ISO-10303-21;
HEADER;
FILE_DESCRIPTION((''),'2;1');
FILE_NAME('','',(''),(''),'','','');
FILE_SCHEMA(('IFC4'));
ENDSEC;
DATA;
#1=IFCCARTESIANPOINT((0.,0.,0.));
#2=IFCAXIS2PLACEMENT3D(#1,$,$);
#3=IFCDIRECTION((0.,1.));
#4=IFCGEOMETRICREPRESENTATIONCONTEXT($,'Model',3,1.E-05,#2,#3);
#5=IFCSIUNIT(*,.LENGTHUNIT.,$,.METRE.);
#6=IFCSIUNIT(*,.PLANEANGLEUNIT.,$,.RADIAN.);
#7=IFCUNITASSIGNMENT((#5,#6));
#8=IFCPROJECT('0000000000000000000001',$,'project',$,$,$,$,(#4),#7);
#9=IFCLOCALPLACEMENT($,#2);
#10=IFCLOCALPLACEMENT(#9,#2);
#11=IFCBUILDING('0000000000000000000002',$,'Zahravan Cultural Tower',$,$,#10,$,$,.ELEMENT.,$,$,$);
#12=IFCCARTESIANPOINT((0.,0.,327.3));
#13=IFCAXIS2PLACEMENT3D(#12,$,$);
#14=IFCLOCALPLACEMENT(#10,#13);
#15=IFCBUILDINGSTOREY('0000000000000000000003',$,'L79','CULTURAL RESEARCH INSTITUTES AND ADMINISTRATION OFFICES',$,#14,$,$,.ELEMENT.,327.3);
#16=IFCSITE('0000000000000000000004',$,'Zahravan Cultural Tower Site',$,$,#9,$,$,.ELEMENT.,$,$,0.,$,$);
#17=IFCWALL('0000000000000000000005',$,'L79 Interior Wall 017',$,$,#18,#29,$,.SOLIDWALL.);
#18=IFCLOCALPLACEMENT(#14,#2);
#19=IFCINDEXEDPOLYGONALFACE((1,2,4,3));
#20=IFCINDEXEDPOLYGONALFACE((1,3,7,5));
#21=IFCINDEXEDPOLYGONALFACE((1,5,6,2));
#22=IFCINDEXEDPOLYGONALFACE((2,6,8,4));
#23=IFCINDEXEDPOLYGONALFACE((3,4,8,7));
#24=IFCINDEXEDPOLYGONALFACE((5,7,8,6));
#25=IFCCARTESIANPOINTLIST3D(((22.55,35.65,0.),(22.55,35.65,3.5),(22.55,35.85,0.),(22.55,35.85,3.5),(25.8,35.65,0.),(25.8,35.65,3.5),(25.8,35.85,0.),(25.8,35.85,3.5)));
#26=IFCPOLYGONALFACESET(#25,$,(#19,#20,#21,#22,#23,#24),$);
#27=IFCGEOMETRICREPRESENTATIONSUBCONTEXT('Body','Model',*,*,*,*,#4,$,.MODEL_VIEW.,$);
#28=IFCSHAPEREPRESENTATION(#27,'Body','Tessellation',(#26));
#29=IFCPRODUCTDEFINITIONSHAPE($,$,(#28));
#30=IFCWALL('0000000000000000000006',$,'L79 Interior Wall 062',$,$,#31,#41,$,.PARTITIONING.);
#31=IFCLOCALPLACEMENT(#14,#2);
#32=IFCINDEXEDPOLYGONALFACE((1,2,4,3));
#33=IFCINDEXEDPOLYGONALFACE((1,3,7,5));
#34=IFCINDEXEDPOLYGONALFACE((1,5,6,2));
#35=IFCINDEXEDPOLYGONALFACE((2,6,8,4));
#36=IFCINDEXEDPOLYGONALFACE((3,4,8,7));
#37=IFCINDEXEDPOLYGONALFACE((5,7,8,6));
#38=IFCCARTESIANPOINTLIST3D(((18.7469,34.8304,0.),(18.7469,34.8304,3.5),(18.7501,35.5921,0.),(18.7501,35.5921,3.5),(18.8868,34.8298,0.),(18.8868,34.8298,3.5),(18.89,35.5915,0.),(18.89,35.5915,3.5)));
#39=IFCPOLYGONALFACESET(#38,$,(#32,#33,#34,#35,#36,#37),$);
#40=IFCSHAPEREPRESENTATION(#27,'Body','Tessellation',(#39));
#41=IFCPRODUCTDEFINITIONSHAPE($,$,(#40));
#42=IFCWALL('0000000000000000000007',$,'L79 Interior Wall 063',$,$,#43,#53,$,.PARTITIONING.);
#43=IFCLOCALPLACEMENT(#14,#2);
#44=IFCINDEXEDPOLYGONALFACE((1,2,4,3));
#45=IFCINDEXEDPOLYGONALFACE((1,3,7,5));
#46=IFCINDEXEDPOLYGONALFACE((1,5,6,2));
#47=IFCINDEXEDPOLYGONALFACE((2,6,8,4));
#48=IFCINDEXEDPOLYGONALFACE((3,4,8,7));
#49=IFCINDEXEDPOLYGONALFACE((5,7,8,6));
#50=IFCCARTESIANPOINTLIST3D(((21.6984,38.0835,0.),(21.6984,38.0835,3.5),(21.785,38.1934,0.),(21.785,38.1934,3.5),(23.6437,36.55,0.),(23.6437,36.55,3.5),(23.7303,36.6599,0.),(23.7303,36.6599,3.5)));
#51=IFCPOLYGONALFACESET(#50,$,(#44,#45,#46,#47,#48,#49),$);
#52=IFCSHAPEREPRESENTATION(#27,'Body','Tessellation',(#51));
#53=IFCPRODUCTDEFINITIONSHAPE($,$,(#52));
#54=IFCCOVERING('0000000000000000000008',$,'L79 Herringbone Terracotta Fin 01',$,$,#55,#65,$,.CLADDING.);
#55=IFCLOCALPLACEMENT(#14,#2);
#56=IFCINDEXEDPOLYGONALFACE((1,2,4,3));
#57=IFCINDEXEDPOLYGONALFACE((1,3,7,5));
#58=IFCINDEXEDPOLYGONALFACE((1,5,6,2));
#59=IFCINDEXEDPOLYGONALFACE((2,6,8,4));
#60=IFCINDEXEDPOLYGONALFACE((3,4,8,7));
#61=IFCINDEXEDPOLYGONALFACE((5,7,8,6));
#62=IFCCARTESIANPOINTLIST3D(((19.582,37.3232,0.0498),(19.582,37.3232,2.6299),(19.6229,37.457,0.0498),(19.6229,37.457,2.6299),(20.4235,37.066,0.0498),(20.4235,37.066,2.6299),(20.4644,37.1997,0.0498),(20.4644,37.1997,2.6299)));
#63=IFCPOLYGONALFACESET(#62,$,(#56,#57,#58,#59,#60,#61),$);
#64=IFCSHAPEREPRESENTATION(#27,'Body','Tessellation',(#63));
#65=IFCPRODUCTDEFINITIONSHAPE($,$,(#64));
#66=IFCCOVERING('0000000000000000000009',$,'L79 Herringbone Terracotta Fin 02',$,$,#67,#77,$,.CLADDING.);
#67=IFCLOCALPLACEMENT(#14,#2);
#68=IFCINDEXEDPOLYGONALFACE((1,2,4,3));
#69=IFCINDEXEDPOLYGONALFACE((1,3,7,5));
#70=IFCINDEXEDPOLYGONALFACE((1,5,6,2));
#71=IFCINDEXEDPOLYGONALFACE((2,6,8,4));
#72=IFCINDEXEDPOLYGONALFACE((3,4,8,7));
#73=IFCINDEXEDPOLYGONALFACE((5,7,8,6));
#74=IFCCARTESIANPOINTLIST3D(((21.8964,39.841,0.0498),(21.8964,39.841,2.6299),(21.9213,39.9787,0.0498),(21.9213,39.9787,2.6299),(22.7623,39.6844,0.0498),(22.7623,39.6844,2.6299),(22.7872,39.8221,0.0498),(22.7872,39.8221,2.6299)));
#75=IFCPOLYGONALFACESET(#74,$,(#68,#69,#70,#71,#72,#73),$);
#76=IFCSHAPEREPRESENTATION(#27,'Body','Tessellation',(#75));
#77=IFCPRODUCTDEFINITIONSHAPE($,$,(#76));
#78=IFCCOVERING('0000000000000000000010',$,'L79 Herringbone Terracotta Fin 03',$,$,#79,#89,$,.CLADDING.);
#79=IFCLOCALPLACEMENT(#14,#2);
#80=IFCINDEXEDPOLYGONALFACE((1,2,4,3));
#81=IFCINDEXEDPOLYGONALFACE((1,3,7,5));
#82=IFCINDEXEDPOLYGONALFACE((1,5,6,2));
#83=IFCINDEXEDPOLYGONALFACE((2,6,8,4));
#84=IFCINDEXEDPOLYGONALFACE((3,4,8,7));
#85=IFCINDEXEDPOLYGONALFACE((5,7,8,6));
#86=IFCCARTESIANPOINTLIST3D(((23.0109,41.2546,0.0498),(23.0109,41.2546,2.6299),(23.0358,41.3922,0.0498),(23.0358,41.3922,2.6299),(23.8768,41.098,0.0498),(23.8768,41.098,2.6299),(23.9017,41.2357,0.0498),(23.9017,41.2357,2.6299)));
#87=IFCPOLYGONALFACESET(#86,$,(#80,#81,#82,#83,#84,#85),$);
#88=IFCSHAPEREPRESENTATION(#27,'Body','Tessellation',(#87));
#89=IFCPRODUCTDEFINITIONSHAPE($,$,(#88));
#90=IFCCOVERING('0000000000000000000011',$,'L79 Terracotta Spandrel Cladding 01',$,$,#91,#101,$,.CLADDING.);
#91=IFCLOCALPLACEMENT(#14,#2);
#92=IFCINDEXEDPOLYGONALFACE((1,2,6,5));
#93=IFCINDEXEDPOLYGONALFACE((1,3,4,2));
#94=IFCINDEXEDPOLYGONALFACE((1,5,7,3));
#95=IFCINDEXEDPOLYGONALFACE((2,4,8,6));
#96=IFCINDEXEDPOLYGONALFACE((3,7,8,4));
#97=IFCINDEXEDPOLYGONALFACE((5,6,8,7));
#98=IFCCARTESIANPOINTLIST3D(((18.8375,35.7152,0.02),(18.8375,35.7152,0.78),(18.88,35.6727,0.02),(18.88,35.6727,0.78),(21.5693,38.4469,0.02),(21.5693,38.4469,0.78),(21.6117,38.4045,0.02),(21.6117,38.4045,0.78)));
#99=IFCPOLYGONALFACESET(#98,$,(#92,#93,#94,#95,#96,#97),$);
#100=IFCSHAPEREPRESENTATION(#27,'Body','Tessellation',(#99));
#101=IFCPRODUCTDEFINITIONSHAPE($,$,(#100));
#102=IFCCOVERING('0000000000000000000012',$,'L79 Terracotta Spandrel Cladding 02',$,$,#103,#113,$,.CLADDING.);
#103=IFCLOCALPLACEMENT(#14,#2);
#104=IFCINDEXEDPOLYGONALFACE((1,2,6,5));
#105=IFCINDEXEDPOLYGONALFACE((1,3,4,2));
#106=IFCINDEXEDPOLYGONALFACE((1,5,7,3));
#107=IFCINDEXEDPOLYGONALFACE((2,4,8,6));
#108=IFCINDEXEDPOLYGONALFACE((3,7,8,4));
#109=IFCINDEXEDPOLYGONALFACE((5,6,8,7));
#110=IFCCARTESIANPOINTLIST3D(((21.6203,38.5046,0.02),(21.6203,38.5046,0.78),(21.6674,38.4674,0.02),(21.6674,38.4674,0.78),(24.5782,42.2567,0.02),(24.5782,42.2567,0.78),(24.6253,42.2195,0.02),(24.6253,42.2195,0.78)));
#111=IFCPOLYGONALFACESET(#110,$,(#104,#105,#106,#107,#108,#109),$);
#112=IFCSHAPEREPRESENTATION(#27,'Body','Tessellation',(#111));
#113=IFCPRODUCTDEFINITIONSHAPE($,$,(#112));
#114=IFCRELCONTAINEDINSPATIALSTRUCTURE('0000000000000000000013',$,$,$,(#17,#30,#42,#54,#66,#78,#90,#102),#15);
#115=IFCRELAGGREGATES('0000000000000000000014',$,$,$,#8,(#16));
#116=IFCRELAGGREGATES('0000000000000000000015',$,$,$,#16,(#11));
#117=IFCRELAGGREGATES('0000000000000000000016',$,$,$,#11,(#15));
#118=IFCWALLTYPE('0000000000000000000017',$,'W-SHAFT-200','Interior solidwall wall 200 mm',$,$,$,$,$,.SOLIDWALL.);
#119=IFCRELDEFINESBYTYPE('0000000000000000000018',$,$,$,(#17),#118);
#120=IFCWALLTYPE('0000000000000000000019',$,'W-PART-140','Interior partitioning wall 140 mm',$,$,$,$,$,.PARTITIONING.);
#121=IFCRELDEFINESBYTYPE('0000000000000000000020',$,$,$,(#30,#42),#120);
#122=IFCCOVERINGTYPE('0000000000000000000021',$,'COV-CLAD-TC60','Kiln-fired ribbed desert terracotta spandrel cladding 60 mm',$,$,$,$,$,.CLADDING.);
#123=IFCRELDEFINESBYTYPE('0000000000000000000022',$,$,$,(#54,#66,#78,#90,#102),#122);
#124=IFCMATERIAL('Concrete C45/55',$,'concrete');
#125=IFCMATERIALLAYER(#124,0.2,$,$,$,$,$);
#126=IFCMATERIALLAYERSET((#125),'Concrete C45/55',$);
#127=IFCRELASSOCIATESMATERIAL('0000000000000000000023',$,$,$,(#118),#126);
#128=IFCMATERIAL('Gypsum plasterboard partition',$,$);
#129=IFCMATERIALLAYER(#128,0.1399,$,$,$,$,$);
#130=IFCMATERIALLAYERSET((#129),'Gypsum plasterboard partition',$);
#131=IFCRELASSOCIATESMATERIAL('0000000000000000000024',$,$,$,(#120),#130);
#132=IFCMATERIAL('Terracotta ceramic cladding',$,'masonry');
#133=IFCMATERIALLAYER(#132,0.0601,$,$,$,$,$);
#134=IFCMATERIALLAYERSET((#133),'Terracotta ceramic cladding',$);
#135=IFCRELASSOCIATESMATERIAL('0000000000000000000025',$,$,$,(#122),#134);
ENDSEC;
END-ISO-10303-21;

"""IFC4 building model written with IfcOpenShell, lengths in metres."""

from ifc_helpers import new_model, si_unit, direction, frame, frame_2d, origin, origin_2d, place, context, subcontext, project, spatial, rectangle, extrude, source, transform, mapped, material, layer, layer_set, type_object, element, save


model = new_model("IFC4")

# Units and contexts
model_context = context("Model", 3, precision=1e-05, world=origin(), true_north=direction((0.0, 1.0)))
body_context = subcontext(model_context, "Body", "Model", "MODEL_VIEW")
ifc_project = project(units=[si_unit("LENGTHUNIT", "METRE"), si_unit("PLANEANGLEUNIT", "RADIAN")], contexts=[model_context])

# Site, building, storey
site_placement = place(None, origin())
site = spatial("IfcSite", under=ifc_project, at=site_placement, Name="Zahravan Cultural Tower Site", CompositionType="ELEMENT", RefElevation=0.0)
building_placement = place(site_placement, origin())
building = spatial("IfcBuilding", under=site, at=building_placement, Name="Zahravan Cultural Tower", CompositionType="ELEMENT")
storey_placement = place(building_placement, frame((0.0, 0.0, 327.3)))
storey = spatial("IfcBuildingStorey", under=building, at=storey_placement, Name="L79", Description="CULTURAL RESEARCH INSTITUTES AND ADMINISTRATION OFFICES", CompositionType="ELEMENT", Elevation=327.3)

# Walls
ifc_material_1 = material(Name="Concrete C45/55", Category="concrete")
ifc_layer_1 = layer(ifc_material_1, 0.2)
ifc_layer_set_1 = layer_set([ifc_layer_1], Name="Concrete C45/55")
wall_type_1 = type_object("IfcWallType", Name="W-SHAFT-200", Description="Interior solidwall wall 200 mm", PredefinedType="SOLIDWALL", material=ifc_layer_set_1)
shared_shape_1 = source(origin(), body_context, "Body", "SweptSolid", [
    extrude(rectangle(XDim=3.25, YDim=0.2, at=frame_2d((1.625, 0.0))), origin(), (0.0, 0.0, 1.0), 3.5),
])
wall_1_placement = place(storey_placement, frame((22.55, 35.75, 0.0), z_axis=(0.0, 0.0, 1.0), x_axis=(1.0, 0.0, 0.0)))
element("IfcWall", 1, at=wall_1_placement, inside=storey, type_object=wall_type_1, Name="L79 Interior Wall 017", PredefinedType="SOLIDWALL", context=body_context, shape_type="MappedRepresentation", body=[
    mapped(shared_shape_1, transform((0.0, 0.0, 0.0), x_axis=(1.0, 0.0, 0.0), y_axis=(0.0, 1.0, 0.0), z_axis=(0.0, 0.0, 1.0), scale=1.0)),
])
ifc_material_2 = material(Name="Gypsum plasterboard partition")
ifc_layer_2 = layer(ifc_material_2, 0.1399)
ifc_layer_set_2 = layer_set([ifc_layer_2], Name="Gypsum plasterboard partition")
wall_type_2 = type_object("IfcWallType", Name="W-PART-140", Description="Interior partitioning wall 140 mm", PredefinedType="PARTITIONING", material=ifc_layer_set_2)
shared_shape_2 = source(origin(), body_context, "Body", "SweptSolid", [
    extrude(rectangle(XDim=0.7617, YDim=0.1399, at=frame_2d((0.3809, 0.0))), origin(), (0.0, 0.0, 1.0), 3.5),
])
wall_2_placement = place(storey_placement, frame((18.8169, 34.8301, 0.0), z_axis=(0.0, 0.0, 1.0), x_axis=(0.004167, 0.999991, 0.0)))
element("IfcWall", 2, at=wall_2_placement, inside=storey, type_object=wall_type_2, Name="L79 Interior Wall 062", PredefinedType="PARTITIONING", context=body_context, shape_type="MappedRepresentation", body=[
    mapped(shared_shape_2, transform((0.0, 0.0, 0.0), x_axis=(1.0, 0.0, 0.0), y_axis=(0.0, 1.0, 0.0), z_axis=(0.0, 0.0, 1.0), scale=1.0)),
])
shared_shape_3 = source(origin(), body_context, "Body", "SweptSolid", [
    extrude(rectangle(XDim=2.4771, YDim=0.1399, at=frame_2d((1.2385, 0.0))), origin(), (0.0, 0.0, 1.0), 3.5),
])
wall_3_placement = place(storey_placement, frame((21.7417, 38.1384, 0.0), z_axis=(0.0, 0.0, 1.0), x_axis=(0.785339, -0.619066, 0.0)))
element("IfcWall", 3, at=wall_3_placement, inside=storey, type_object=wall_type_2, Name="L79 Interior Wall 063", PredefinedType="PARTITIONING", context=body_context, shape_type="MappedRepresentation", body=[
    mapped(shared_shape_3, transform((0.0, 0.0, 0.0), x_axis=(1.0, 0.0, 0.0), y_axis=(0.0, 1.0, 0.0), z_axis=(0.0, 0.0, 1.0), scale=1.0)),
])

# Coverings
ifc_material_3 = material(Name="Terracotta ceramic cladding", Category="masonry")
ifc_layer_3 = layer(ifc_material_3, 0.0601)
ifc_layer_set_3 = layer_set([ifc_layer_3], Name="Terracotta ceramic cladding")
covering_type = type_object("IfcCoveringType", Name="COV-CLAD-TC60", Description="Kiln-fired ribbed desert terracotta spandrel cladding 60 mm", PredefinedType="CLADDING", material=ifc_layer_set_3)
shared_shape_4 = source(origin(), body_context, "Body", "SweptSolid", [
    extrude(rectangle(XDim=0.8799, YDim=0.1399, at=origin_2d()), origin(), (0.0, 0.0, 1.0), 2.5801),
])
for number, where, z_axis, x_axis, name in (
    (4, (20.0232, 37.2615, 0.0498), (0.0, 0.0, 1.0), (-0.956305, 0.292372, 0.0), "L79 Herringbone Terracotta Fin 01"),
    (5, (22.3418, 39.8315, 0.0498), (0.0, 0.0, 1.0), (-0.984041, 0.177944, 0.0), "L79 Herringbone Terracotta Fin 02"),
    (6, (23.4563, 41.2451, 0.0498), (0.0, 0.0, 1.0), (-0.984041, 0.177944, 0.0), "L79 Herringbone Terracotta Fin 03"),
):
    element("IfcCovering", number, at=place(storey_placement, frame(where, z_axis=z_axis, x_axis=x_axis)), inside=storey, type_object=covering_type, Name=name, PredefinedType="CLADDING", context=body_context, shape_type="MappedRepresentation", body=[
        mapped(shared_shape_4, transform((0.0, 0.0, 0.0), x_axis=(1.0, 0.0, 0.0), y_axis=(0.0, 1.0, 0.0), z_axis=(0.0, 0.0, 1.0), scale=1.0)),
    ])
shared_shape_5 = source(origin(), body_context, "Body", "SweptSolid", [
    extrude(rectangle(XDim=3.8633, YDim=0.0601, at=origin_2d()), origin(), (0.0, 0.0, 1.0), 0.76),
])
covering_1_placement = place(storey_placement, frame((20.2246, 37.0598, 0.02), z_axis=(0.0, 0.0, 1.0), x_axis=(0.707107, 0.707107, 0.0)))
element("IfcCovering", 7, at=covering_1_placement, inside=storey, type_object=covering_type, Name="L79 Terracotta Spandrel Cladding 01", PredefinedType="CLADDING", context=body_context, shape_type="MappedRepresentation", body=[
    mapped(shared_shape_5, transform((0.0, 0.0, 0.0), x_axis=(1.0, 0.0, 0.0), y_axis=(0.0, 1.0, 0.0), z_axis=(0.0, 0.0, 1.0), scale=1.0)),
])
shared_shape_6 = source(origin(), body_context, "Body", "SweptSolid", [
    extrude(rectangle(XDim=4.7778, YDim=0.0601, at=origin_2d()), origin(), (0.0, 0.0, 1.0), 0.76),
])
covering_2_placement = place(storey_placement, frame((23.1228, 40.3621, 0.02), z_axis=(0.0, 0.0, 1.0), x_axis=(0.619094, 0.785317, 0.0)))
element("IfcCovering", 8, at=covering_2_placement, inside=storey, type_object=covering_type, Name="L79 Terracotta Spandrel Cladding 02", PredefinedType="CLADDING", context=body_context, shape_type="MappedRepresentation", body=[
    mapped(shared_shape_6, transform((0.0, 0.0, 0.0), x_axis=(1.0, 0.0, 0.0), y_axis=(0.0, 1.0, 0.0), z_axis=(0.0, 0.0, 1.0), scale=1.0)),
])

save(model, "model.ifc")
